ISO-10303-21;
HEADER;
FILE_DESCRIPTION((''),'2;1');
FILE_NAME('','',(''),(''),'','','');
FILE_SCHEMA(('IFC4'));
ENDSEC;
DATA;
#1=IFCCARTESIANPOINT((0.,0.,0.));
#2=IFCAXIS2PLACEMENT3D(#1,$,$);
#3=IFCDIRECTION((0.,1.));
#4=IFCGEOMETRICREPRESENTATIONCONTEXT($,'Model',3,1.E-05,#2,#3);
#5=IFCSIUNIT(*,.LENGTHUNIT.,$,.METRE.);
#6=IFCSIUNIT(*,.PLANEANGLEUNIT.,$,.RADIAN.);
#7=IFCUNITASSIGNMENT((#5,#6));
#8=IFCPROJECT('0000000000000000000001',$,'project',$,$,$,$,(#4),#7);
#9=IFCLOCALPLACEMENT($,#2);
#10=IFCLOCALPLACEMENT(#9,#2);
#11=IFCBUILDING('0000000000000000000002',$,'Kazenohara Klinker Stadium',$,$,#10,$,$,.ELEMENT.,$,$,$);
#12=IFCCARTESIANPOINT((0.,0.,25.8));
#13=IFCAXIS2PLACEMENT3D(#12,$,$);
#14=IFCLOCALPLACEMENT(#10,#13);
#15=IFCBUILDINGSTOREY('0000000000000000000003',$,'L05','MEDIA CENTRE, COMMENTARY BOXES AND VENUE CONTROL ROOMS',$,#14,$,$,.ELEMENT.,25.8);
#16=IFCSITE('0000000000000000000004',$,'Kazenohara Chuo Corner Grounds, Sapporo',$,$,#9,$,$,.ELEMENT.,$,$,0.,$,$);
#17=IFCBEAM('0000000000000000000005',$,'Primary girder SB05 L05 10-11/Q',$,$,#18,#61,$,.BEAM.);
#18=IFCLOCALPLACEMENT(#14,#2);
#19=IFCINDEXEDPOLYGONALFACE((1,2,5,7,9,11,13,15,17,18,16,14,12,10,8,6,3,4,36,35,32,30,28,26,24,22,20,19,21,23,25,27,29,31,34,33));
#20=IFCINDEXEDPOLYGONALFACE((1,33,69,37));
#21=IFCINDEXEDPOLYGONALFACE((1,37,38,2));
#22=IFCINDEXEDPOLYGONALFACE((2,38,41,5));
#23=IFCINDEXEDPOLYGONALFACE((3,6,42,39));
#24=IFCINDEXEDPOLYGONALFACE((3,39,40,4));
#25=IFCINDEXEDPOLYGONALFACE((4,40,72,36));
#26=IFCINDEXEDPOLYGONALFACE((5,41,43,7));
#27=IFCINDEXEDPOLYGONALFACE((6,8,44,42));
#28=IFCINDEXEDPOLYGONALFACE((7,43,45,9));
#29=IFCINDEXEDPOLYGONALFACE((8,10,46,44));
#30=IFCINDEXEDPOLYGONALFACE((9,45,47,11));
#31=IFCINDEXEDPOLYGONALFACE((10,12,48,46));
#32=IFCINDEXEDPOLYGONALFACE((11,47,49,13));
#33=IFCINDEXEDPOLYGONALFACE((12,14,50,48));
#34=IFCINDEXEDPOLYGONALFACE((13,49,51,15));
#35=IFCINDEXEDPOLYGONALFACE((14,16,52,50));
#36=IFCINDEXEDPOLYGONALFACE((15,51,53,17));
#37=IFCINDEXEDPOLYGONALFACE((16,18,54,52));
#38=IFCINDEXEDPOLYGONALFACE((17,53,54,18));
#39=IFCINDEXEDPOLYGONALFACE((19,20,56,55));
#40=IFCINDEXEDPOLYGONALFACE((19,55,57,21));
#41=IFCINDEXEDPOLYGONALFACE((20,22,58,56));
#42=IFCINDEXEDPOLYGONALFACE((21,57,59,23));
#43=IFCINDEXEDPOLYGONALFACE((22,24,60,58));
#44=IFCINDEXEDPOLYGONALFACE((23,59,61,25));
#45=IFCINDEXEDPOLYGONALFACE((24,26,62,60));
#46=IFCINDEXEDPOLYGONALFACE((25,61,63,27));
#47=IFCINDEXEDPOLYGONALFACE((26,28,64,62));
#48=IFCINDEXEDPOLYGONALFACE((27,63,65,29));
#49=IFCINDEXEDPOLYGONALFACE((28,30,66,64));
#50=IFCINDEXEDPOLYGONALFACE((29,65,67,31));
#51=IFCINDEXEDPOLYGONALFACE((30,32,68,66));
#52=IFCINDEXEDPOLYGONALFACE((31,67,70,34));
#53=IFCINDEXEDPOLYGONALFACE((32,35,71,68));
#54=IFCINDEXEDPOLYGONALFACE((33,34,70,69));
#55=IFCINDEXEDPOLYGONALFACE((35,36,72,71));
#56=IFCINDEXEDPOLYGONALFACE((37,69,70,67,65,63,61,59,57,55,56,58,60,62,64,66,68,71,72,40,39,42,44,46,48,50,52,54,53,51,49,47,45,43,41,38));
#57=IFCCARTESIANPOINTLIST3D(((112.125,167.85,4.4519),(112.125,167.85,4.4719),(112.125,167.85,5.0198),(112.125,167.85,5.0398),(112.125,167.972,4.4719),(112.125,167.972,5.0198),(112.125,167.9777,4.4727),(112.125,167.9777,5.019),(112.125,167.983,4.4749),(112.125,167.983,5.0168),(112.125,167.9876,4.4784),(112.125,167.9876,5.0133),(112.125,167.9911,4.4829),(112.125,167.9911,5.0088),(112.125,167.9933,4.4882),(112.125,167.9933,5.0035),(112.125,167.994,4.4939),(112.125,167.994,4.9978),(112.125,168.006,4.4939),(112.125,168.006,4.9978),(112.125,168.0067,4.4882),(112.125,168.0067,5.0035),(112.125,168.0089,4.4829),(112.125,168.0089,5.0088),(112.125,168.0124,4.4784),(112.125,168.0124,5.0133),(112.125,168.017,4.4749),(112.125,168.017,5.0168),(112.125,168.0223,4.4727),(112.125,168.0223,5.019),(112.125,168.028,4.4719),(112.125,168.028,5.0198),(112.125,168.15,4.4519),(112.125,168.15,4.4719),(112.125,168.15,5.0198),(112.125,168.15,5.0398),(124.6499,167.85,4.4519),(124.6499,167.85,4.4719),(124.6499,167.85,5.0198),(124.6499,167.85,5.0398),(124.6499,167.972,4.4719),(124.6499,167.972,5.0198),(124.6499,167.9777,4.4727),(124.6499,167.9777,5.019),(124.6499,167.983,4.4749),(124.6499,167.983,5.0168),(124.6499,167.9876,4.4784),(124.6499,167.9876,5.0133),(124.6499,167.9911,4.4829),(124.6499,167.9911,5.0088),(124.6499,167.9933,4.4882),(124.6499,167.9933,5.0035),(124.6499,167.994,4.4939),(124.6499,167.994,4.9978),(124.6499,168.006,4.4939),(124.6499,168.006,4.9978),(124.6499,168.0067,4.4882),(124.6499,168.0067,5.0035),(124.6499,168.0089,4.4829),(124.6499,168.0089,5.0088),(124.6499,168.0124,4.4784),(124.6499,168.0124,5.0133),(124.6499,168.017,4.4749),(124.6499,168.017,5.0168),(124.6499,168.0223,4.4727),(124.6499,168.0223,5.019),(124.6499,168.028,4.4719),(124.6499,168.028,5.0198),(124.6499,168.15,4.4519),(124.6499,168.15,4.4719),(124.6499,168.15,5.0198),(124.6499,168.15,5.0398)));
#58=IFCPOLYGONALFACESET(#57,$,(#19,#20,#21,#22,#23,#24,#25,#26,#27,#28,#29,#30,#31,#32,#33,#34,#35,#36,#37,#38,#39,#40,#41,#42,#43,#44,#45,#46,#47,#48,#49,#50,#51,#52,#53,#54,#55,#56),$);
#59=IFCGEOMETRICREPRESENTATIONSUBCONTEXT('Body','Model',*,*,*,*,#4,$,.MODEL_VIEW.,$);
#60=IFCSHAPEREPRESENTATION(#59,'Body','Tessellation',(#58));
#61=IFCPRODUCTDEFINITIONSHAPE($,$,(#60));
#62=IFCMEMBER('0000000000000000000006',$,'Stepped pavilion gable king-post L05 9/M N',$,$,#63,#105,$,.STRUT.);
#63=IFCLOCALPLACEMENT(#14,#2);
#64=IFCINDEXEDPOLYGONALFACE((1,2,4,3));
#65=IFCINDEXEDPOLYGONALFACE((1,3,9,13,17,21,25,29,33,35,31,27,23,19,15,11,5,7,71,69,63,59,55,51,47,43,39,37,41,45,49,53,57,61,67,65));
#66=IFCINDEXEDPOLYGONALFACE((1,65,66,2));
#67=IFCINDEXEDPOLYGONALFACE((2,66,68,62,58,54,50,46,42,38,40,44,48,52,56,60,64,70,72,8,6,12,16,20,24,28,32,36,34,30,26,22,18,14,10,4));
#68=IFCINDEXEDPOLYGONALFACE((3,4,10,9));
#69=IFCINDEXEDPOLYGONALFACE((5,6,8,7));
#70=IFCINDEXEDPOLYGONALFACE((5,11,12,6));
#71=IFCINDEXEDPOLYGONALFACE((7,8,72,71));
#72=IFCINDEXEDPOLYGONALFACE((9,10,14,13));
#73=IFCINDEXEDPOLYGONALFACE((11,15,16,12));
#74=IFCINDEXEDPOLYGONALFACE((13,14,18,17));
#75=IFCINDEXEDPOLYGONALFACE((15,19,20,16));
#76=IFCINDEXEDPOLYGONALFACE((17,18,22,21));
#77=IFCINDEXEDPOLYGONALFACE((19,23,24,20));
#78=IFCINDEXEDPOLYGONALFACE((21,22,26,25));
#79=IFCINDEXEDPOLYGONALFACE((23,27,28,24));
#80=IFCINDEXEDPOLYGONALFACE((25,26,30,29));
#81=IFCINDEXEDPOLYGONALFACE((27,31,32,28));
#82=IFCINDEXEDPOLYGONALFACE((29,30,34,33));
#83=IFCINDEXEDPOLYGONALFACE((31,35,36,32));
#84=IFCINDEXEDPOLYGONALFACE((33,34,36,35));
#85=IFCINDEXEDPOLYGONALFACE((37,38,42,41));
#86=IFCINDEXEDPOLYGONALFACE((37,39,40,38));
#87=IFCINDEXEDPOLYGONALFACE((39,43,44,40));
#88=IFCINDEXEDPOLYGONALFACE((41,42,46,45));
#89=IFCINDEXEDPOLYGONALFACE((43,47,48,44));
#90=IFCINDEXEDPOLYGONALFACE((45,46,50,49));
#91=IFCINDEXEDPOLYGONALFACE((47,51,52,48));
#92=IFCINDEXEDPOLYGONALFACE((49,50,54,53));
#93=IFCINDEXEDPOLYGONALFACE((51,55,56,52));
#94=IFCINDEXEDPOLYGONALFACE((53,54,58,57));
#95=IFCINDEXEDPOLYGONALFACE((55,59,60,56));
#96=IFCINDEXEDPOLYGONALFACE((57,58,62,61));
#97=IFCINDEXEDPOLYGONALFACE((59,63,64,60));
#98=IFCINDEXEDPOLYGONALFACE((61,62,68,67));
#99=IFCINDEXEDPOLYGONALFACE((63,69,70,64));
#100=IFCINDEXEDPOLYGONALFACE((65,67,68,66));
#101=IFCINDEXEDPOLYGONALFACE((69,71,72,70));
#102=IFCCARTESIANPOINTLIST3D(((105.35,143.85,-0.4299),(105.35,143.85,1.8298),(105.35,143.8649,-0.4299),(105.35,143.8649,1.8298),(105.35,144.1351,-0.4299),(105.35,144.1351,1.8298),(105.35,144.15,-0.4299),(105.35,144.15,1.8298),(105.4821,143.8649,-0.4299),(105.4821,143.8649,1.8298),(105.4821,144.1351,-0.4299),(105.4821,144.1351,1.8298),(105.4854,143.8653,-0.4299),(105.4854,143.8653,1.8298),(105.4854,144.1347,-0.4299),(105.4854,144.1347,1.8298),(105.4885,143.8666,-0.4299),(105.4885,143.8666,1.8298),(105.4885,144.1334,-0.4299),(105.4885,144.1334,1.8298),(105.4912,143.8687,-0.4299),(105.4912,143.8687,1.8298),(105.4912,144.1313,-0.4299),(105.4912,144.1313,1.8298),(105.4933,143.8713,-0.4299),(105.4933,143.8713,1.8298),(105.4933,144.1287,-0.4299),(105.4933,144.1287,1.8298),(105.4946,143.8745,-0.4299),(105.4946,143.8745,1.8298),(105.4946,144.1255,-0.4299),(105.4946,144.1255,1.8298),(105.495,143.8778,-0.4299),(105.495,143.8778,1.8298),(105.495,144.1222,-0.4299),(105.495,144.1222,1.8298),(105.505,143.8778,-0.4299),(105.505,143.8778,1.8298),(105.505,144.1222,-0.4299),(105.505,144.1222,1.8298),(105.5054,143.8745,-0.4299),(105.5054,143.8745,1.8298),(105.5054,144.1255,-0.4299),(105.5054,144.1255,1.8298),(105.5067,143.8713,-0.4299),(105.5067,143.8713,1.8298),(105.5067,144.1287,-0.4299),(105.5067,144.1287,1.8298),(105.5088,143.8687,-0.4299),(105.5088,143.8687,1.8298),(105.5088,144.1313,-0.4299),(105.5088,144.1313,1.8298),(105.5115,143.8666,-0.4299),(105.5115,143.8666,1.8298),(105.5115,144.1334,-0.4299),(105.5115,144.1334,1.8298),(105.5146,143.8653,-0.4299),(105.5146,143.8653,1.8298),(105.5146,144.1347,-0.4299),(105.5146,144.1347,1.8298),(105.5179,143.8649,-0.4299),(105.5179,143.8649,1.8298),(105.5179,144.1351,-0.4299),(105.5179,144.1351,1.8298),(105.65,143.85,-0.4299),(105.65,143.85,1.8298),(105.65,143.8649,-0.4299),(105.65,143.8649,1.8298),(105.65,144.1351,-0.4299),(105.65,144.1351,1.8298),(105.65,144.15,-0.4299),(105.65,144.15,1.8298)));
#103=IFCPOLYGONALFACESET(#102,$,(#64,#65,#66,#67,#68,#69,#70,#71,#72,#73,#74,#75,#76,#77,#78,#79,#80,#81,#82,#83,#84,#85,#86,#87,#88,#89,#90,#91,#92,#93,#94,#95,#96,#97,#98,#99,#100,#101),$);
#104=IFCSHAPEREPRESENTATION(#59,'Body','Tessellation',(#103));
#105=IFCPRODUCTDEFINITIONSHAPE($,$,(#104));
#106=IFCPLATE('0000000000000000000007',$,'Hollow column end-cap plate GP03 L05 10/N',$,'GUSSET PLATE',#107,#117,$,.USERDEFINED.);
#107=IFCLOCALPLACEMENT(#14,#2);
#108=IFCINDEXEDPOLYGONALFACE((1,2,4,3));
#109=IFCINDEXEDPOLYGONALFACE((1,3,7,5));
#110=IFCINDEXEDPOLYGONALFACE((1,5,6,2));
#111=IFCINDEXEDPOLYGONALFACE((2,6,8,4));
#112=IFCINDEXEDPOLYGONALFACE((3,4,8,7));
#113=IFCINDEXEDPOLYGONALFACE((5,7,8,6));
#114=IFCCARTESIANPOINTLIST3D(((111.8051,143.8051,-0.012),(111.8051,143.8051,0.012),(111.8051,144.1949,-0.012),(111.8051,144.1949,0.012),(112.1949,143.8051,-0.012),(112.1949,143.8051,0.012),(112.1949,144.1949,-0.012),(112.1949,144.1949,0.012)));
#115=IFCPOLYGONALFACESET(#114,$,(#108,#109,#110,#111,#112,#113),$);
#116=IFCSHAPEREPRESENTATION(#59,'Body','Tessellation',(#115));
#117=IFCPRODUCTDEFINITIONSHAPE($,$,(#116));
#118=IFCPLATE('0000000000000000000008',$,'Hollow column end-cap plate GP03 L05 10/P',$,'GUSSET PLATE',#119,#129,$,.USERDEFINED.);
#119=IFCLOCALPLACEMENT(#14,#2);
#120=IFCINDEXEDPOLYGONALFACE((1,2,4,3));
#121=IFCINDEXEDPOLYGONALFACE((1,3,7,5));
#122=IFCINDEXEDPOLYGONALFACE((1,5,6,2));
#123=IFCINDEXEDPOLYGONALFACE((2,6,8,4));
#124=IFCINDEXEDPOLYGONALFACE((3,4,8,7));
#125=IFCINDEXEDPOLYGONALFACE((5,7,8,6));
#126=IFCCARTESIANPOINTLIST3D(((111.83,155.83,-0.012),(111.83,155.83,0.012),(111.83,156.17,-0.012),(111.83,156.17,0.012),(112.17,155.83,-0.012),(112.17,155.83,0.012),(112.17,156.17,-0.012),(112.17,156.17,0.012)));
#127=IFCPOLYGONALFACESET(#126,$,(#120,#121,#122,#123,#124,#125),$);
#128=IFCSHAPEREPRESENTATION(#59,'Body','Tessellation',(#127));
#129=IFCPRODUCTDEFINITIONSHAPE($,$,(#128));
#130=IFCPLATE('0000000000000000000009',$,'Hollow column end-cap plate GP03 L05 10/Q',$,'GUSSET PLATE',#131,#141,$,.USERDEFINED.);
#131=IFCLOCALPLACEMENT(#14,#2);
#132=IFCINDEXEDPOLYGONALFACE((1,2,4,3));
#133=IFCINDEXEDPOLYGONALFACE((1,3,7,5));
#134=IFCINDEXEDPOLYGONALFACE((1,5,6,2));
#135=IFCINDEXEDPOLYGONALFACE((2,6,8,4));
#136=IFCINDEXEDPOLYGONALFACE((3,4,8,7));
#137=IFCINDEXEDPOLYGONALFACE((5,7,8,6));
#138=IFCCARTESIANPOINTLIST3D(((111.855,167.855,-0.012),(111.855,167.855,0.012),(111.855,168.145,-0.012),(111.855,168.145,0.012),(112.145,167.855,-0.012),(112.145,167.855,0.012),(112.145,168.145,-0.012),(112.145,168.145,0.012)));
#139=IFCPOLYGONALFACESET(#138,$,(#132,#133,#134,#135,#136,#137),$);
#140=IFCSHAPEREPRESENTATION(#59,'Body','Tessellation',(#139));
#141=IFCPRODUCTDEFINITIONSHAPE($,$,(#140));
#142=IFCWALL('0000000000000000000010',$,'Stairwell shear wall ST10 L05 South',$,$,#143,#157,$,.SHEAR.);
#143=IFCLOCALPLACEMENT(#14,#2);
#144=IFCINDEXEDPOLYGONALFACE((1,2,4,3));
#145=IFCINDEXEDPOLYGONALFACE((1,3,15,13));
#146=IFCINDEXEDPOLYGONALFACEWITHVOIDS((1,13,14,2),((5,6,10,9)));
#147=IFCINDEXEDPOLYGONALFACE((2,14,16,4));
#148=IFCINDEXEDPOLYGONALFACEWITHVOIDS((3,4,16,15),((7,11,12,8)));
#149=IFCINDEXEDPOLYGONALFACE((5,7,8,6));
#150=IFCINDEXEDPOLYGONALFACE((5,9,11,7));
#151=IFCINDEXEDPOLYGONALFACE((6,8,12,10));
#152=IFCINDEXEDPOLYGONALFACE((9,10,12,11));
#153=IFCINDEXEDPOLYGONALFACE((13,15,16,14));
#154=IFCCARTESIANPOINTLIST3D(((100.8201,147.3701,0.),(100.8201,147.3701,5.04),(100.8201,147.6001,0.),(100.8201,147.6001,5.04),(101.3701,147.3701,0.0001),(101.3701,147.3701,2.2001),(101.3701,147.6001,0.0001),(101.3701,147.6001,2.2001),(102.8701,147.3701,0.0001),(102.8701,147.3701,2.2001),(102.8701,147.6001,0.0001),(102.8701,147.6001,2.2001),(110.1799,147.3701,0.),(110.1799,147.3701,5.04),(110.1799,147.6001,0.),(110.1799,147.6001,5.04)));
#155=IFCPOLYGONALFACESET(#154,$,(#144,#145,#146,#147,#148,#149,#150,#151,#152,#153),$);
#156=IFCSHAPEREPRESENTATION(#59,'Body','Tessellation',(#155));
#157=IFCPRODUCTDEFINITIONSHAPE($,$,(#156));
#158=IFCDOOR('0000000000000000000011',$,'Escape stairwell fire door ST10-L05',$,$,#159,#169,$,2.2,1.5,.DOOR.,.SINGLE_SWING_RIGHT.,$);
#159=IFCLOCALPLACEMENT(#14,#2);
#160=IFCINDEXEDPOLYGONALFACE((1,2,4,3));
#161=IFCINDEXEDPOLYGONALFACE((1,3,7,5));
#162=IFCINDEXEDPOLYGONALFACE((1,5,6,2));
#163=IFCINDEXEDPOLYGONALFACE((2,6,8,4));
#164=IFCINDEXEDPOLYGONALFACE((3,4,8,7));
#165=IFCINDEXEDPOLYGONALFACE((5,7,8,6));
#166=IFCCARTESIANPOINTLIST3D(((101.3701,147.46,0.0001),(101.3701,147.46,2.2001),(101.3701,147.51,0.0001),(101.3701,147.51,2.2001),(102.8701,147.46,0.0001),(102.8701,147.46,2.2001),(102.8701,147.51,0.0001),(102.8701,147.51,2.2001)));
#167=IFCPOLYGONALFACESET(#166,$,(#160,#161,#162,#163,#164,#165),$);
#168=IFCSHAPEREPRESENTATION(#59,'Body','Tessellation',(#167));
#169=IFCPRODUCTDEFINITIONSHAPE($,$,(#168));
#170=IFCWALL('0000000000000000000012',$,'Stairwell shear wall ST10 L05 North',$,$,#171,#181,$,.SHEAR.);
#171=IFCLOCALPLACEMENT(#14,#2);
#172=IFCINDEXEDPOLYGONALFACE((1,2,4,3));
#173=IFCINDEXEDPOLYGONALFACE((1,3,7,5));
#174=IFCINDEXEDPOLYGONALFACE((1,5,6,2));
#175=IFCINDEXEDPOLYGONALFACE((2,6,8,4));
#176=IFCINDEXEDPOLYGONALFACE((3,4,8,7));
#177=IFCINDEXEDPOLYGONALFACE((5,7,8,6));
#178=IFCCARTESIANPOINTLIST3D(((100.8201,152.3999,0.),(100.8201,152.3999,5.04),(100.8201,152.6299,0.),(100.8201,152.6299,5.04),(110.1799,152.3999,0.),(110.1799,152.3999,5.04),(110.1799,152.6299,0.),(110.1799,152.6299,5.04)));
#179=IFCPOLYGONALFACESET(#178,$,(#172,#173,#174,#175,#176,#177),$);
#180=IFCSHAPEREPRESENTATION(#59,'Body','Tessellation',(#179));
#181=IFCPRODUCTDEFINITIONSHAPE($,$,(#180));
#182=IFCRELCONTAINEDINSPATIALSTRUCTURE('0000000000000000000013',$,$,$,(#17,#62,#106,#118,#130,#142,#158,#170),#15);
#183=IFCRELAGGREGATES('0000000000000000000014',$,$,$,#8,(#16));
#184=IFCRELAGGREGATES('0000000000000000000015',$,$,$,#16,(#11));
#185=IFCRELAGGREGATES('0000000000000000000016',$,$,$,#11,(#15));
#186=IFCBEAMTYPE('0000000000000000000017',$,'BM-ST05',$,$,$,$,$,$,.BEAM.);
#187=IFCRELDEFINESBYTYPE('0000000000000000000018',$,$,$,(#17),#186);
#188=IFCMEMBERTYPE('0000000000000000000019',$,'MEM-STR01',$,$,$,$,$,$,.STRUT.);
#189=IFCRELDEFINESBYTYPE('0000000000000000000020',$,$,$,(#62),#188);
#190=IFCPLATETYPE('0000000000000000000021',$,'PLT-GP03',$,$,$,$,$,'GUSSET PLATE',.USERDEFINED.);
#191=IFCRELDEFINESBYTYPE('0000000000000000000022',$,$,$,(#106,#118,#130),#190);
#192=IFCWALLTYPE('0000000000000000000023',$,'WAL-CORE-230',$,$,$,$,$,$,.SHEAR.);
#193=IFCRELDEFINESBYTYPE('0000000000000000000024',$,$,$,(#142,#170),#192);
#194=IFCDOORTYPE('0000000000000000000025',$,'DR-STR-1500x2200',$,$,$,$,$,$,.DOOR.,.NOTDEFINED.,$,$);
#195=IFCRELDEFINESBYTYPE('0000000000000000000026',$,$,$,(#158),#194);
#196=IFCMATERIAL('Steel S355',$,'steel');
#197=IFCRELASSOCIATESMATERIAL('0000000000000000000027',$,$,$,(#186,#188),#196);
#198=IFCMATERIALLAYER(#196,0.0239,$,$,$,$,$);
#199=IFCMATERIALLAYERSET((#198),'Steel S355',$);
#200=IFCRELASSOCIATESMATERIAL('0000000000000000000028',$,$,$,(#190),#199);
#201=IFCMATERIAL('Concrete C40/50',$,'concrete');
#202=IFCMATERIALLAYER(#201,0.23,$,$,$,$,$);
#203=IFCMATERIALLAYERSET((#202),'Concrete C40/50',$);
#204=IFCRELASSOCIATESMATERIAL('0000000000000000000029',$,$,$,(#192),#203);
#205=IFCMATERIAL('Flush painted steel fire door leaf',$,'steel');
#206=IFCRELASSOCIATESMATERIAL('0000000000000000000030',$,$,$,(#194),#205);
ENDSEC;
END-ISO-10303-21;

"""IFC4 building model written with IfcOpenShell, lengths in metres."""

from ifc_helpers import new_model, si_unit, direction, frame, frame_2d, origin, origin_2d, place, context, subcontext, project, spatial, rectangle, i_section, extrude, material, layer, layer_set, material_profile, profile_set, type_object, element, fill, save


model = new_model("IFC4")

# Units and contexts
model_context = context("Model", 3, precision=1e-05, world=origin(), true_north=direction((0.0, 1.0)))
body_context = subcontext(model_context, "Body", "Model", "MODEL_VIEW")
ifc_project = project(units=[si_unit("LENGTHUNIT", "METRE"), si_unit("PLANEANGLEUNIT", "RADIAN")], contexts=[model_context])

# Site, building, storey
site_placement = place(None, origin())
site = spatial("IfcSite", under=ifc_project, at=site_placement, Name="Kazenohara Chuo Corner Grounds, Sapporo", CompositionType="ELEMENT", RefElevation=0.0)
building_placement = place(site_placement, origin())
building = spatial("IfcBuilding", under=site, at=building_placement, Name="Kazenohara Klinker Stadium", CompositionType="ELEMENT")
storey_placement = place(building_placement, frame((0.0, 0.0, 25.8)))
storey = spatial("IfcBuildingStorey", under=building, at=storey_placement, Name="L05", Description="MEDIA CENTRE, COMMENTARY BOXES AND VENUE CONTROL ROOMS", CompositionType="ELEMENT", Elevation=25.8)

# Shared definitions
ifc_material_1 = material(Name="Steel S355", Category="steel")

# Beam
ifc_material_2 = material(Name="Concrete C40/50", Category="concrete")
ifc_material_profile_1 = material_profile(ifc_material_1, i_section(OverallWidth=0.3, OverallDepth=0.5879, WebThickness=0.012, FlangeThickness=0.02, FilletRadius=0.022, at=origin_2d()), Name="H-588x300x12x20")
ifc_profile_set_1 = profile_set([ifc_material_profile_1], Name="Steel S355")
beam_type_1 = type_object("IfcBeamType", Name="BM-ST05", PredefinedType="BEAM", material=ifc_profile_set_1)
beam_1_placement = place(storey_placement, frame((112.125, 168.0, 4.7458), z_axis=(1.0, 0.0, 0.0), x_axis=(0.0, 1.0, 0.0)))
element("IfcBeam", 1, at=beam_1_placement, inside=storey, type_object=beam_type_1, Name="Primary girder SB05 L05 10-11/Q", PredefinedType="BEAM", context=body_context, shape_type="SweptSolid", body=[
    extrude(i_section(OverallWidth=0.3, OverallDepth=0.5879, WebThickness=0.012, FlangeThickness=0.02, FilletRadius=0.022, at=origin_2d()), origin(), (0.0, 0.0, 1.0), 12.5249),
])

# Member
ifc_material_profile_2 = material_profile(ifc_material_1, i_section(OverallWidth=0.3, OverallDepth=0.3, WebThickness=0.01, FlangeThickness=0.0149, FilletRadius=0.0129, at=origin_2d()), Name="H-300x300x10x15")
ifc_profile_set_2 = profile_set([ifc_material_profile_2], Name="Steel S355")
member_type = type_object("IfcMemberType", Name="MEM-STR01", PredefinedType="STRUT", material=ifc_profile_set_2)
member_placement = place(storey_placement, frame((105.5, 144.0, -0.4299), z_axis=(0.0, 0.0, 1.0), x_axis=(1.0, 0.0, 0.0)))
element("IfcMember", 2, at=member_placement, inside=storey, type_object=member_type, Name="Stepped pavilion gable king-post L05 9/M N", PredefinedType="STRUT", context=body_context, shape_type="SweptSolid", body=[
    extrude(i_section(OverallWidth=0.3, OverallDepth=0.3, WebThickness=0.01, FlangeThickness=0.0149, FilletRadius=0.0129, at=origin_2d()), origin(), (0.0, 0.0, 1.0), 2.2598),
])

# Plates
ifc_layer_1 = layer(ifc_material_1, 0.0239)
ifc_layer_set_1 = layer_set([ifc_layer_1], Name="Steel S355")
plate_type = type_object("IfcPlateType", Name="PLT-GP03", ElementType="GUSSET PLATE", PredefinedType="USERDEFINED", material=ifc_layer_set_1)
plate_1_placement = place(storey_placement, frame((112.0, 144.0, -0.012), z_axis=(0.0, 0.0, 1.0), x_axis=(1.0, 0.0, 0.0)))
element("IfcPlate", 3, at=plate_1_placement, inside=storey, type_object=plate_type, Name="Hollow column end-cap plate GP03 L05 10/N", ObjectType="GUSSET PLATE", PredefinedType="USERDEFINED", context=body_context, shape_type="SweptSolid", body=[
    extrude(rectangle(XDim=0.3899, YDim=0.3899, at=origin_2d()), origin(), (0.0, 0.0, 1.0), 0.0239),
])
plate_2_placement = place(storey_placement, frame((112.0, 156.0, -0.012), z_axis=(0.0, 0.0, 1.0), x_axis=(1.0, 0.0, 0.0)))
element("IfcPlate", 4, at=plate_2_placement, inside=storey, type_object=plate_type, Name="Hollow column end-cap plate GP03 L05 10/P", ObjectType="GUSSET PLATE", PredefinedType="USERDEFINED", context=body_context, shape_type="SweptSolid", body=[
    extrude(rectangle(XDim=0.3401, YDim=0.3401, at=origin_2d()), origin(), (0.0, 0.0, 1.0), 0.0239),
])
plate_3_placement = place(storey_placement, frame((112.0, 168.0, -0.012), z_axis=(0.0, 0.0, 1.0), x_axis=(1.0, 0.0, 0.0)))
element("IfcPlate", 5, at=plate_3_placement, inside=storey, type_object=plate_type, Name="Hollow column end-cap plate GP03 L05 10/Q", ObjectType="GUSSET PLATE", PredefinedType="USERDEFINED", context=body_context, shape_type="SweptSolid", body=[
    extrude(rectangle(XDim=0.29, YDim=0.29, at=origin_2d()), origin(), (0.0, 0.0, 1.0), 0.0239),
])

# Wall, opening, door
ifc_layer_2 = layer(ifc_material_2, 0.23)
ifc_layer_set_2 = layer_set([ifc_layer_2], Name="Concrete C40/50")
wall_type_1 = type_object("IfcWallType", Name="WAL-CORE-230", PredefinedType="SHEAR", material=ifc_layer_set_2)
wall_1_placement = place(storey_placement, frame((100.8201, 147.4851, 0.0), z_axis=(0.0, 0.0, 1.0), x_axis=(1.0, 0.0, 0.0)))
wall_1 = element("IfcWall", 6, at=wall_1_placement, inside=storey, type_object=wall_type_1, Name="Stairwell shear wall ST10 L05 South", PredefinedType="SHEAR", context=body_context, shape_type="SweptSolid", body=[
    extrude(rectangle(XDim=9.3599, YDim=0.23, at=frame_2d((4.6799, 0.0))), origin(), (0.0, 0.0, 1.0), 5.04),
])
opening_1_placement = place(wall_1_placement, frame((0.55, 0.0, 0.0)))
opening_1 = element("IfcOpeningElement", 7, at=opening_1_placement, cuts=wall_1, PredefinedType="OPENING", context=body_context, shape_type="SweptSolid", body=[
    extrude(rectangle(XDim=1.5, YDim=2.2, at=frame_2d((0.75, 1.1001))), frame((0.0, 0.125, 0.0), z_axis=(0.0, -1.0, 0.0), x_axis=(1.0, 0.0, 0.0)), (0.0, 0.0, 1.0), 0.25),
])
ifc_material_3 = material(Name="Flush painted steel fire door leaf", Category="steel")
door_type_1 = type_object("IfcDoorType", Name="DR-STR-1500x2200", OperationType="NOTDEFINED", PredefinedType="DOOR", material=ifc_material_3)
door_1_placement = place(opening_1_placement, origin())
door_1 = element("IfcDoor", 8, at=door_1_placement, inside=storey, type_object=door_type_1, Name="Escape stairwell fire door ST10-L05", OperationType="SINGLE_SWING_RIGHT", OverallHeight=2.2, OverallWidth=1.5, PredefinedType="DOOR", context=body_context, shape_type="SweptSolid", body=[
    extrude(rectangle(XDim=1.5, YDim=2.2, at=frame_2d((0.75, 1.1001))), frame((0.0, 0.0249, 0.0), z_axis=(0.0, -1.0, 0.0), x_axis=(1.0, 0.0, 0.0)), (0.0, 0.0, 1.0), 0.05),
])
fill(opening_1, door_1)

# Wall
wall_2_placement = place(storey_placement, frame((100.8201, 152.5149, 0.0), z_axis=(0.0, 0.0, 1.0), x_axis=(1.0, 0.0, 0.0)))
element("IfcWall", 9, at=wall_2_placement, inside=storey, type_object=wall_type_1, Name="Stairwell shear wall ST10 L05 North", PredefinedType="SHEAR", context=body_context, shape_type="SweptSolid", body=[
    extrude(rectangle(XDim=9.3599, YDim=0.23, at=frame_2d((4.6799, 0.0))), origin(), (0.0, 0.0, 1.0), 5.04),
])

save(model, "model.ifc")
